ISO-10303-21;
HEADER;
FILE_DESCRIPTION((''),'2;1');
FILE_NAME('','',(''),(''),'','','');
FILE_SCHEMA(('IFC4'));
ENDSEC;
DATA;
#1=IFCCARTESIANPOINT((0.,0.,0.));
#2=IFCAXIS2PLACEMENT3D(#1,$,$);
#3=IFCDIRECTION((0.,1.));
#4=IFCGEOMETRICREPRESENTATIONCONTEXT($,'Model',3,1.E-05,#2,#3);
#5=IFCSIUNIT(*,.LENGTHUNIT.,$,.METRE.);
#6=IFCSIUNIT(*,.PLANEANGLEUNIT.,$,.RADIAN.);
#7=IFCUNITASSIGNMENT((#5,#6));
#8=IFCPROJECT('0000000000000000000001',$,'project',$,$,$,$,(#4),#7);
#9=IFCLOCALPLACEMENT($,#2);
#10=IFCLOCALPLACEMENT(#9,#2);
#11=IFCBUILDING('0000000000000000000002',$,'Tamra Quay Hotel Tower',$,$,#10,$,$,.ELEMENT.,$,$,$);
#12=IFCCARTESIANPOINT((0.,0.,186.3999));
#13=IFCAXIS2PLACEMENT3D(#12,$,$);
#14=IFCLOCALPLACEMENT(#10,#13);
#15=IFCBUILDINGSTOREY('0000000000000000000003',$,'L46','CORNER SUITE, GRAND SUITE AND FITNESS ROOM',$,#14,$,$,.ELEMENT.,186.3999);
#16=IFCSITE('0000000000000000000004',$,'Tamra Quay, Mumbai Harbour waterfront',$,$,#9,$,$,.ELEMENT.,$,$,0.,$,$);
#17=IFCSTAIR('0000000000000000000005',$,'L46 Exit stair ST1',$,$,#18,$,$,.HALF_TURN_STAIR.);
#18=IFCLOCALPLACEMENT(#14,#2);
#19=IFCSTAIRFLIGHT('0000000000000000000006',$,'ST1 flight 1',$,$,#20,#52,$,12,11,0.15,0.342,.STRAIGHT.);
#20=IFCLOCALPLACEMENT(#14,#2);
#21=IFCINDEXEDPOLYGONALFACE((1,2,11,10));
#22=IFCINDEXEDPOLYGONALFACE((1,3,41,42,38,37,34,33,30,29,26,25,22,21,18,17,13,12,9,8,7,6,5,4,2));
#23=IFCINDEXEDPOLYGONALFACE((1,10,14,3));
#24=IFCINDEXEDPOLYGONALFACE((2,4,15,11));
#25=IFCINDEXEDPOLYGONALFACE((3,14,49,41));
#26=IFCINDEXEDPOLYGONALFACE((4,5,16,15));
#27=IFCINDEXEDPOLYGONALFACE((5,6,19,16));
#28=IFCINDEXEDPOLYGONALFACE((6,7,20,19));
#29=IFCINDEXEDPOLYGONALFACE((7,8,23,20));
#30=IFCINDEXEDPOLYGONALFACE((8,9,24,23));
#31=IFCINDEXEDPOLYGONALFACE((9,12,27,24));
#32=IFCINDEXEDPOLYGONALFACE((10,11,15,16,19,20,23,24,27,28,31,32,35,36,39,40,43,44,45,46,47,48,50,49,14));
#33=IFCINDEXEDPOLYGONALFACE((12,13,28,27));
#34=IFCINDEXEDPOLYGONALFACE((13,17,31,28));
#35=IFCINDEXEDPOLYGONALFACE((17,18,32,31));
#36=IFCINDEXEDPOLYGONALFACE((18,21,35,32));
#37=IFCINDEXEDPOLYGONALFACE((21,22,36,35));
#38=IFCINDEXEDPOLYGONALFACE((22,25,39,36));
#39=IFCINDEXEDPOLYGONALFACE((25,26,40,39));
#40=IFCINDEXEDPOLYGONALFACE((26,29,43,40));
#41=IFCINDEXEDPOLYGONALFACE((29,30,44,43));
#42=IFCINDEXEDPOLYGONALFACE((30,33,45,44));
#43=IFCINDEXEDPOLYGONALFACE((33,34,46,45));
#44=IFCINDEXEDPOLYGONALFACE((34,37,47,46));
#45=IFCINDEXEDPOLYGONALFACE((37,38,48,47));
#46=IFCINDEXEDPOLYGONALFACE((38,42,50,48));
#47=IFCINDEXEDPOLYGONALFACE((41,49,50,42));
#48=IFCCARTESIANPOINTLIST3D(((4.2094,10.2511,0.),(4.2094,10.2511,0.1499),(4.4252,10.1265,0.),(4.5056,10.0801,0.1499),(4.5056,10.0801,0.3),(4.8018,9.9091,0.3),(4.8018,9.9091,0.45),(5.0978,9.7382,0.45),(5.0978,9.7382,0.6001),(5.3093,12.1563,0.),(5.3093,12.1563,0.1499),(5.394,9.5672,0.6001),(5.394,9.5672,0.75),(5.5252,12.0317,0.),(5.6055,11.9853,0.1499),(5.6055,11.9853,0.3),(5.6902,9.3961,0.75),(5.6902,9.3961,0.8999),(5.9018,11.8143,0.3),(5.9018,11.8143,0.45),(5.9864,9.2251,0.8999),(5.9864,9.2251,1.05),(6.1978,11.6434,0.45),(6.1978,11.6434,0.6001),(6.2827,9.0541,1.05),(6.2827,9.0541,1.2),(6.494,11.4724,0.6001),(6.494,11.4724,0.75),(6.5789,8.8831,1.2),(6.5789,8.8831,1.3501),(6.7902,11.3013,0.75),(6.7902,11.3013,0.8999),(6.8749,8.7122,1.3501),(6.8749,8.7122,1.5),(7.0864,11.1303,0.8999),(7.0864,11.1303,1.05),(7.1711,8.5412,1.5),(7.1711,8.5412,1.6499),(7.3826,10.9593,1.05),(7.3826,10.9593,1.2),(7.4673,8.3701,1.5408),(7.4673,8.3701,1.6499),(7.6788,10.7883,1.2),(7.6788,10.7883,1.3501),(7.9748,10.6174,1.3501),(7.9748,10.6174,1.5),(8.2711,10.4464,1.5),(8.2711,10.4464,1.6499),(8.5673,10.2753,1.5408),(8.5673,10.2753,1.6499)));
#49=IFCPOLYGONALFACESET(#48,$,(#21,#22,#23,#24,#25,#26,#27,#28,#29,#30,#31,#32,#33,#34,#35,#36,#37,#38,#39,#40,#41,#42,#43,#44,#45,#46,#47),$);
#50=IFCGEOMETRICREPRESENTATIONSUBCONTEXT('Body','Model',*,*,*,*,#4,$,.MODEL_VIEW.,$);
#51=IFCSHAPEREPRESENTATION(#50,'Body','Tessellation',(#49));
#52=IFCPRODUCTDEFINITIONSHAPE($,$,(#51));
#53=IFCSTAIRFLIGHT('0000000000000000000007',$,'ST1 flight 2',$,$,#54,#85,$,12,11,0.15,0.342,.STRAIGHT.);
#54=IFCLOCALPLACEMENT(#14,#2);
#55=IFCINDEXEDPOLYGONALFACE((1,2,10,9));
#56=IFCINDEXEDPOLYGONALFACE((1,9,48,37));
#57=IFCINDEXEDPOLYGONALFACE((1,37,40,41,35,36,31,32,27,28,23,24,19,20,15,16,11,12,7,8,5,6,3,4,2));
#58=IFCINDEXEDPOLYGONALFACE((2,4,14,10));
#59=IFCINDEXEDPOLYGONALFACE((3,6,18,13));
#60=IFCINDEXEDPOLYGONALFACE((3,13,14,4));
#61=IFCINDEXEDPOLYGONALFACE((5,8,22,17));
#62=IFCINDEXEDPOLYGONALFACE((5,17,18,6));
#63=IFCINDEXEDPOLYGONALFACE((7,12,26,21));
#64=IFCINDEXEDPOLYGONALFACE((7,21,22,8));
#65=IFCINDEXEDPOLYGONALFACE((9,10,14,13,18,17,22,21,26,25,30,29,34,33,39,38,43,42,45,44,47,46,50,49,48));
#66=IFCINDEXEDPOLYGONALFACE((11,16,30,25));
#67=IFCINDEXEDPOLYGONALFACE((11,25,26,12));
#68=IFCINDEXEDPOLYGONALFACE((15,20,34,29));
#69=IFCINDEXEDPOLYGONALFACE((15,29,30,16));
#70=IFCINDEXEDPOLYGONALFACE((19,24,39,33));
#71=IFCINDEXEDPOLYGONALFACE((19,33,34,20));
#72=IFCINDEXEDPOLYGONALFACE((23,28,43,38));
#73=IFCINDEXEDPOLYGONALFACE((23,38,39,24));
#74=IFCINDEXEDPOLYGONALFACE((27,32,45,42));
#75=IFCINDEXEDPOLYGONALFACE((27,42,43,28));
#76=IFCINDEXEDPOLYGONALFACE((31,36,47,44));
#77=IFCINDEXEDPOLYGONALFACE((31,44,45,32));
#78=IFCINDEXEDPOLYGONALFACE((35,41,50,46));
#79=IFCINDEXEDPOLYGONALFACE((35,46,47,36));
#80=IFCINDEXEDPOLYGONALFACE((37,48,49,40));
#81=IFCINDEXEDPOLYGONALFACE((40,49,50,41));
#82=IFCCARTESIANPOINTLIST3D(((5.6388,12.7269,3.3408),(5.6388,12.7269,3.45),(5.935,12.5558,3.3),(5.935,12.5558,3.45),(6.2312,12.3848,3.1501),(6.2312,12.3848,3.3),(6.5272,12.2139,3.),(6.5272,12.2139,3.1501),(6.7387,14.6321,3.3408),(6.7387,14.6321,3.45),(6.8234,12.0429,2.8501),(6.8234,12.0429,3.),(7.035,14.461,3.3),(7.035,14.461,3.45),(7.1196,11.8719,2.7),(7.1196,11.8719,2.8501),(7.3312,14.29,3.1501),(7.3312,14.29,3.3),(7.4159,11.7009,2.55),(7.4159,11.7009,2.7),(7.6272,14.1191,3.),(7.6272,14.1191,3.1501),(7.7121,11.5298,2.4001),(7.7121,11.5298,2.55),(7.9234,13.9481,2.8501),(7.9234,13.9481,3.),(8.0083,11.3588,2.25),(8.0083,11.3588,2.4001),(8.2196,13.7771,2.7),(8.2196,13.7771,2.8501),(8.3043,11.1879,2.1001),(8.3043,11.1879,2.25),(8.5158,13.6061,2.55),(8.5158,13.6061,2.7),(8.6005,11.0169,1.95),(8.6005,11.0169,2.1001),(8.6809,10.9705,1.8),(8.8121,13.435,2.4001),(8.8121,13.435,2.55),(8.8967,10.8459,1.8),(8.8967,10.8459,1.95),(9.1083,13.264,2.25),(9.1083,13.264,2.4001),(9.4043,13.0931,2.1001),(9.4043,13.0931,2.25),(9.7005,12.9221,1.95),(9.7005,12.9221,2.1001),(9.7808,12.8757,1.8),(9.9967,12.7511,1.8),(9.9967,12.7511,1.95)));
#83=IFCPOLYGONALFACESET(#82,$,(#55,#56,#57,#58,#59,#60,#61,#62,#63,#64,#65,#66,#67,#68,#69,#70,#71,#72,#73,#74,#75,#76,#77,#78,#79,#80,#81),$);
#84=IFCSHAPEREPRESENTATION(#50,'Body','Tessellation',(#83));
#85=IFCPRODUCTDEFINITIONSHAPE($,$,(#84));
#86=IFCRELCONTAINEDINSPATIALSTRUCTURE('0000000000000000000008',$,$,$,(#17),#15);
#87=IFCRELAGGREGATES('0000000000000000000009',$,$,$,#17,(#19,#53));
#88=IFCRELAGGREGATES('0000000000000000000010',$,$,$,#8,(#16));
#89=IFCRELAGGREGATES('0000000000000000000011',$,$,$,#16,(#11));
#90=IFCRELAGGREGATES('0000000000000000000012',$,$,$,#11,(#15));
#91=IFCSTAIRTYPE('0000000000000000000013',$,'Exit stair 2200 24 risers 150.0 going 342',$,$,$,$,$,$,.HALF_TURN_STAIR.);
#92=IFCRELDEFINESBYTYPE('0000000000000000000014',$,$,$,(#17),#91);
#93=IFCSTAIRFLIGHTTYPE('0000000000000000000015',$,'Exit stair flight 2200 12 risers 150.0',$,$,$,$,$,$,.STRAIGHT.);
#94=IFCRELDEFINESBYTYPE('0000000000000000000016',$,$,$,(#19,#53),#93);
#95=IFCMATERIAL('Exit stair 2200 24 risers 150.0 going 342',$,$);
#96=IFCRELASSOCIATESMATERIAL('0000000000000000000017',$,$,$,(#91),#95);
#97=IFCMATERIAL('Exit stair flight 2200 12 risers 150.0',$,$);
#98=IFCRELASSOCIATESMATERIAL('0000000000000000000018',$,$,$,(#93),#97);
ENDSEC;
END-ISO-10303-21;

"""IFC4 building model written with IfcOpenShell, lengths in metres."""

from ifc_helpers import new_model, si_unit, direction, frame, origin, place, context, subcontext, project, spatial, polyline, outline, extrude, material, type_object, element, aggregate, save


model = new_model("IFC4")

# Units and contexts
model_context = context("Model", 3, precision=1e-05, world=origin(), true_north=direction((0.0, 1.0)))
body_context = subcontext(model_context, "Body", "Model", "MODEL_VIEW")
ifc_project = project(units=[si_unit("LENGTHUNIT", "METRE"), si_unit("PLANEANGLEUNIT", "RADIAN")], contexts=[model_context])

# Site, building, storey
site_placement = place(None, origin())
site = spatial("IfcSite", under=ifc_project, at=site_placement, Name="Tamra Quay, Mumbai Harbour waterfront", CompositionType="ELEMENT", RefElevation=0.0)
building_placement = place(site_placement, origin())
building = spatial("IfcBuilding", under=site, at=building_placement, Name="Tamra Quay Hotel Tower", CompositionType="ELEMENT")
storey_placement = place(building_placement, frame((0.0, 0.0, 186.3999)))
storey = spatial("IfcBuildingStorey", under=building, at=storey_placement, Name="L46", Description="CORNER SUITE, GRAND SUITE AND FITNESS ROOM", CompositionType="ELEMENT", Elevation=186.3999)

# Stair, stair flights
ifc_material_1 = material(Name="Exit stair 2200 24 risers 150.0 going 342")
stair_type = type_object("IfcStairType", Name="Exit stair 2200 24 risers 150.0 going 342", PredefinedType="HALF_TURN_STAIR", material=ifc_material_1)
stair_placement = place(storey_placement, origin())
stair = element("IfcStair", 1, at=stair_placement, inside=storey, type_object=stair_type, Name="L46 Exit stair ST1", PredefinedType="HALF_TURN_STAIR")
ifc_material_2 = material(Name="Exit stair flight 2200 12 risers 150.0")
stair_flight_type = type_object("IfcStairFlightType", Name="Exit stair flight 2200 12 risers 150.0", PredefinedType="STRAIGHT", material=ifc_material_2)
stair_flight_1_placement = place(storey_placement, frame((4.7593, 11.2036, 0.0), z_axis=(0.0, 0.0, 1.0), x_axis=(0.866025, -0.5, 0.0)))
stair_flight_1 = element("IfcStairFlight", 2, at=stair_flight_1_placement, type_object=stair_flight_type, Name="ST1 flight 1", NumberOfRisers=12, NumberOfTreads=11, PredefinedType="STRAIGHT", RiserHeight=0.15, TreadLength=0.342, context=body_context, shape_type="SweptSolid", body=[
    extrude(outline(polyline([(0.0, 0.0), (0.0, 0.1499), (0.342, 0.1499), (0.342, 0.3), (0.6841, 0.3), (0.6841, 0.45), (1.0259, 0.45), (1.0259, 0.6001), (1.3679, 0.6001), (1.3679, 0.75), (1.71, 0.75), (1.71, 0.8999), (2.052, 0.8999), (2.052, 1.05), (2.394, 1.05), (2.394, 1.2), (2.7361, 1.2), (2.7361, 1.3501), (3.0779, 1.3501), (3.0779, 1.5), (3.4199, 1.5), (3.4199, 1.6499), (3.762, 1.6499), (3.762, 1.8), (3.762, 1.5408), (0.2493, 0.0), (0.0, 0.0)])), frame((0.0, 1.1001, 0.0), z_axis=(0.0, -1.0, 0.0), x_axis=(1.0, 0.0, 0.0)), (0.0, 0.0, 1.0), 2.2),
])
stair_flight_2_placement = place(storey_placement, frame((9.4468, 11.7986, 1.8), z_axis=(0.0, 0.0, 1.0), x_axis=(-0.866025, 0.5, 0.0)))
stair_flight_2 = element("IfcStairFlight", 3, at=stair_flight_2_placement, type_object=stair_flight_type, Name="ST1 flight 2", NumberOfRisers=12, NumberOfTreads=11, PredefinedType="STRAIGHT", RiserHeight=0.15, TreadLength=0.342, context=body_context, shape_type="SweptSolid", body=[
    extrude(outline(polyline([(0.0, 0.0), (0.0, 0.1499), (0.342, 0.1499), (0.342, 0.3), (0.6841, 0.3), (0.6841, 0.45), (1.0259, 0.45), (1.0259, 0.6001), (1.3679, 0.6001), (1.3679, 0.75), (1.71, 0.75), (1.71, 0.8999), (2.052, 0.8999), (2.052, 1.05), (2.394, 1.05), (2.394, 1.2), (2.7361, 1.2), (2.7361, 1.3501), (3.0779, 1.3501), (3.0779, 1.5), (3.4199, 1.5), (3.4199, 1.6499), (3.762, 1.6499), (3.762, 1.8), (3.762, 1.5408), (0.2493, 0.0), (0.0, 0.0)])), frame((0.0, 1.1001, 0.0), z_axis=(0.0, -1.0, 0.0), x_axis=(1.0, 0.0, 0.0)), (0.0, 0.0, 1.0), 2.2),
])
aggregate(stair, [stair_flight_1, stair_flight_2])

save(model, "model.ifc")
